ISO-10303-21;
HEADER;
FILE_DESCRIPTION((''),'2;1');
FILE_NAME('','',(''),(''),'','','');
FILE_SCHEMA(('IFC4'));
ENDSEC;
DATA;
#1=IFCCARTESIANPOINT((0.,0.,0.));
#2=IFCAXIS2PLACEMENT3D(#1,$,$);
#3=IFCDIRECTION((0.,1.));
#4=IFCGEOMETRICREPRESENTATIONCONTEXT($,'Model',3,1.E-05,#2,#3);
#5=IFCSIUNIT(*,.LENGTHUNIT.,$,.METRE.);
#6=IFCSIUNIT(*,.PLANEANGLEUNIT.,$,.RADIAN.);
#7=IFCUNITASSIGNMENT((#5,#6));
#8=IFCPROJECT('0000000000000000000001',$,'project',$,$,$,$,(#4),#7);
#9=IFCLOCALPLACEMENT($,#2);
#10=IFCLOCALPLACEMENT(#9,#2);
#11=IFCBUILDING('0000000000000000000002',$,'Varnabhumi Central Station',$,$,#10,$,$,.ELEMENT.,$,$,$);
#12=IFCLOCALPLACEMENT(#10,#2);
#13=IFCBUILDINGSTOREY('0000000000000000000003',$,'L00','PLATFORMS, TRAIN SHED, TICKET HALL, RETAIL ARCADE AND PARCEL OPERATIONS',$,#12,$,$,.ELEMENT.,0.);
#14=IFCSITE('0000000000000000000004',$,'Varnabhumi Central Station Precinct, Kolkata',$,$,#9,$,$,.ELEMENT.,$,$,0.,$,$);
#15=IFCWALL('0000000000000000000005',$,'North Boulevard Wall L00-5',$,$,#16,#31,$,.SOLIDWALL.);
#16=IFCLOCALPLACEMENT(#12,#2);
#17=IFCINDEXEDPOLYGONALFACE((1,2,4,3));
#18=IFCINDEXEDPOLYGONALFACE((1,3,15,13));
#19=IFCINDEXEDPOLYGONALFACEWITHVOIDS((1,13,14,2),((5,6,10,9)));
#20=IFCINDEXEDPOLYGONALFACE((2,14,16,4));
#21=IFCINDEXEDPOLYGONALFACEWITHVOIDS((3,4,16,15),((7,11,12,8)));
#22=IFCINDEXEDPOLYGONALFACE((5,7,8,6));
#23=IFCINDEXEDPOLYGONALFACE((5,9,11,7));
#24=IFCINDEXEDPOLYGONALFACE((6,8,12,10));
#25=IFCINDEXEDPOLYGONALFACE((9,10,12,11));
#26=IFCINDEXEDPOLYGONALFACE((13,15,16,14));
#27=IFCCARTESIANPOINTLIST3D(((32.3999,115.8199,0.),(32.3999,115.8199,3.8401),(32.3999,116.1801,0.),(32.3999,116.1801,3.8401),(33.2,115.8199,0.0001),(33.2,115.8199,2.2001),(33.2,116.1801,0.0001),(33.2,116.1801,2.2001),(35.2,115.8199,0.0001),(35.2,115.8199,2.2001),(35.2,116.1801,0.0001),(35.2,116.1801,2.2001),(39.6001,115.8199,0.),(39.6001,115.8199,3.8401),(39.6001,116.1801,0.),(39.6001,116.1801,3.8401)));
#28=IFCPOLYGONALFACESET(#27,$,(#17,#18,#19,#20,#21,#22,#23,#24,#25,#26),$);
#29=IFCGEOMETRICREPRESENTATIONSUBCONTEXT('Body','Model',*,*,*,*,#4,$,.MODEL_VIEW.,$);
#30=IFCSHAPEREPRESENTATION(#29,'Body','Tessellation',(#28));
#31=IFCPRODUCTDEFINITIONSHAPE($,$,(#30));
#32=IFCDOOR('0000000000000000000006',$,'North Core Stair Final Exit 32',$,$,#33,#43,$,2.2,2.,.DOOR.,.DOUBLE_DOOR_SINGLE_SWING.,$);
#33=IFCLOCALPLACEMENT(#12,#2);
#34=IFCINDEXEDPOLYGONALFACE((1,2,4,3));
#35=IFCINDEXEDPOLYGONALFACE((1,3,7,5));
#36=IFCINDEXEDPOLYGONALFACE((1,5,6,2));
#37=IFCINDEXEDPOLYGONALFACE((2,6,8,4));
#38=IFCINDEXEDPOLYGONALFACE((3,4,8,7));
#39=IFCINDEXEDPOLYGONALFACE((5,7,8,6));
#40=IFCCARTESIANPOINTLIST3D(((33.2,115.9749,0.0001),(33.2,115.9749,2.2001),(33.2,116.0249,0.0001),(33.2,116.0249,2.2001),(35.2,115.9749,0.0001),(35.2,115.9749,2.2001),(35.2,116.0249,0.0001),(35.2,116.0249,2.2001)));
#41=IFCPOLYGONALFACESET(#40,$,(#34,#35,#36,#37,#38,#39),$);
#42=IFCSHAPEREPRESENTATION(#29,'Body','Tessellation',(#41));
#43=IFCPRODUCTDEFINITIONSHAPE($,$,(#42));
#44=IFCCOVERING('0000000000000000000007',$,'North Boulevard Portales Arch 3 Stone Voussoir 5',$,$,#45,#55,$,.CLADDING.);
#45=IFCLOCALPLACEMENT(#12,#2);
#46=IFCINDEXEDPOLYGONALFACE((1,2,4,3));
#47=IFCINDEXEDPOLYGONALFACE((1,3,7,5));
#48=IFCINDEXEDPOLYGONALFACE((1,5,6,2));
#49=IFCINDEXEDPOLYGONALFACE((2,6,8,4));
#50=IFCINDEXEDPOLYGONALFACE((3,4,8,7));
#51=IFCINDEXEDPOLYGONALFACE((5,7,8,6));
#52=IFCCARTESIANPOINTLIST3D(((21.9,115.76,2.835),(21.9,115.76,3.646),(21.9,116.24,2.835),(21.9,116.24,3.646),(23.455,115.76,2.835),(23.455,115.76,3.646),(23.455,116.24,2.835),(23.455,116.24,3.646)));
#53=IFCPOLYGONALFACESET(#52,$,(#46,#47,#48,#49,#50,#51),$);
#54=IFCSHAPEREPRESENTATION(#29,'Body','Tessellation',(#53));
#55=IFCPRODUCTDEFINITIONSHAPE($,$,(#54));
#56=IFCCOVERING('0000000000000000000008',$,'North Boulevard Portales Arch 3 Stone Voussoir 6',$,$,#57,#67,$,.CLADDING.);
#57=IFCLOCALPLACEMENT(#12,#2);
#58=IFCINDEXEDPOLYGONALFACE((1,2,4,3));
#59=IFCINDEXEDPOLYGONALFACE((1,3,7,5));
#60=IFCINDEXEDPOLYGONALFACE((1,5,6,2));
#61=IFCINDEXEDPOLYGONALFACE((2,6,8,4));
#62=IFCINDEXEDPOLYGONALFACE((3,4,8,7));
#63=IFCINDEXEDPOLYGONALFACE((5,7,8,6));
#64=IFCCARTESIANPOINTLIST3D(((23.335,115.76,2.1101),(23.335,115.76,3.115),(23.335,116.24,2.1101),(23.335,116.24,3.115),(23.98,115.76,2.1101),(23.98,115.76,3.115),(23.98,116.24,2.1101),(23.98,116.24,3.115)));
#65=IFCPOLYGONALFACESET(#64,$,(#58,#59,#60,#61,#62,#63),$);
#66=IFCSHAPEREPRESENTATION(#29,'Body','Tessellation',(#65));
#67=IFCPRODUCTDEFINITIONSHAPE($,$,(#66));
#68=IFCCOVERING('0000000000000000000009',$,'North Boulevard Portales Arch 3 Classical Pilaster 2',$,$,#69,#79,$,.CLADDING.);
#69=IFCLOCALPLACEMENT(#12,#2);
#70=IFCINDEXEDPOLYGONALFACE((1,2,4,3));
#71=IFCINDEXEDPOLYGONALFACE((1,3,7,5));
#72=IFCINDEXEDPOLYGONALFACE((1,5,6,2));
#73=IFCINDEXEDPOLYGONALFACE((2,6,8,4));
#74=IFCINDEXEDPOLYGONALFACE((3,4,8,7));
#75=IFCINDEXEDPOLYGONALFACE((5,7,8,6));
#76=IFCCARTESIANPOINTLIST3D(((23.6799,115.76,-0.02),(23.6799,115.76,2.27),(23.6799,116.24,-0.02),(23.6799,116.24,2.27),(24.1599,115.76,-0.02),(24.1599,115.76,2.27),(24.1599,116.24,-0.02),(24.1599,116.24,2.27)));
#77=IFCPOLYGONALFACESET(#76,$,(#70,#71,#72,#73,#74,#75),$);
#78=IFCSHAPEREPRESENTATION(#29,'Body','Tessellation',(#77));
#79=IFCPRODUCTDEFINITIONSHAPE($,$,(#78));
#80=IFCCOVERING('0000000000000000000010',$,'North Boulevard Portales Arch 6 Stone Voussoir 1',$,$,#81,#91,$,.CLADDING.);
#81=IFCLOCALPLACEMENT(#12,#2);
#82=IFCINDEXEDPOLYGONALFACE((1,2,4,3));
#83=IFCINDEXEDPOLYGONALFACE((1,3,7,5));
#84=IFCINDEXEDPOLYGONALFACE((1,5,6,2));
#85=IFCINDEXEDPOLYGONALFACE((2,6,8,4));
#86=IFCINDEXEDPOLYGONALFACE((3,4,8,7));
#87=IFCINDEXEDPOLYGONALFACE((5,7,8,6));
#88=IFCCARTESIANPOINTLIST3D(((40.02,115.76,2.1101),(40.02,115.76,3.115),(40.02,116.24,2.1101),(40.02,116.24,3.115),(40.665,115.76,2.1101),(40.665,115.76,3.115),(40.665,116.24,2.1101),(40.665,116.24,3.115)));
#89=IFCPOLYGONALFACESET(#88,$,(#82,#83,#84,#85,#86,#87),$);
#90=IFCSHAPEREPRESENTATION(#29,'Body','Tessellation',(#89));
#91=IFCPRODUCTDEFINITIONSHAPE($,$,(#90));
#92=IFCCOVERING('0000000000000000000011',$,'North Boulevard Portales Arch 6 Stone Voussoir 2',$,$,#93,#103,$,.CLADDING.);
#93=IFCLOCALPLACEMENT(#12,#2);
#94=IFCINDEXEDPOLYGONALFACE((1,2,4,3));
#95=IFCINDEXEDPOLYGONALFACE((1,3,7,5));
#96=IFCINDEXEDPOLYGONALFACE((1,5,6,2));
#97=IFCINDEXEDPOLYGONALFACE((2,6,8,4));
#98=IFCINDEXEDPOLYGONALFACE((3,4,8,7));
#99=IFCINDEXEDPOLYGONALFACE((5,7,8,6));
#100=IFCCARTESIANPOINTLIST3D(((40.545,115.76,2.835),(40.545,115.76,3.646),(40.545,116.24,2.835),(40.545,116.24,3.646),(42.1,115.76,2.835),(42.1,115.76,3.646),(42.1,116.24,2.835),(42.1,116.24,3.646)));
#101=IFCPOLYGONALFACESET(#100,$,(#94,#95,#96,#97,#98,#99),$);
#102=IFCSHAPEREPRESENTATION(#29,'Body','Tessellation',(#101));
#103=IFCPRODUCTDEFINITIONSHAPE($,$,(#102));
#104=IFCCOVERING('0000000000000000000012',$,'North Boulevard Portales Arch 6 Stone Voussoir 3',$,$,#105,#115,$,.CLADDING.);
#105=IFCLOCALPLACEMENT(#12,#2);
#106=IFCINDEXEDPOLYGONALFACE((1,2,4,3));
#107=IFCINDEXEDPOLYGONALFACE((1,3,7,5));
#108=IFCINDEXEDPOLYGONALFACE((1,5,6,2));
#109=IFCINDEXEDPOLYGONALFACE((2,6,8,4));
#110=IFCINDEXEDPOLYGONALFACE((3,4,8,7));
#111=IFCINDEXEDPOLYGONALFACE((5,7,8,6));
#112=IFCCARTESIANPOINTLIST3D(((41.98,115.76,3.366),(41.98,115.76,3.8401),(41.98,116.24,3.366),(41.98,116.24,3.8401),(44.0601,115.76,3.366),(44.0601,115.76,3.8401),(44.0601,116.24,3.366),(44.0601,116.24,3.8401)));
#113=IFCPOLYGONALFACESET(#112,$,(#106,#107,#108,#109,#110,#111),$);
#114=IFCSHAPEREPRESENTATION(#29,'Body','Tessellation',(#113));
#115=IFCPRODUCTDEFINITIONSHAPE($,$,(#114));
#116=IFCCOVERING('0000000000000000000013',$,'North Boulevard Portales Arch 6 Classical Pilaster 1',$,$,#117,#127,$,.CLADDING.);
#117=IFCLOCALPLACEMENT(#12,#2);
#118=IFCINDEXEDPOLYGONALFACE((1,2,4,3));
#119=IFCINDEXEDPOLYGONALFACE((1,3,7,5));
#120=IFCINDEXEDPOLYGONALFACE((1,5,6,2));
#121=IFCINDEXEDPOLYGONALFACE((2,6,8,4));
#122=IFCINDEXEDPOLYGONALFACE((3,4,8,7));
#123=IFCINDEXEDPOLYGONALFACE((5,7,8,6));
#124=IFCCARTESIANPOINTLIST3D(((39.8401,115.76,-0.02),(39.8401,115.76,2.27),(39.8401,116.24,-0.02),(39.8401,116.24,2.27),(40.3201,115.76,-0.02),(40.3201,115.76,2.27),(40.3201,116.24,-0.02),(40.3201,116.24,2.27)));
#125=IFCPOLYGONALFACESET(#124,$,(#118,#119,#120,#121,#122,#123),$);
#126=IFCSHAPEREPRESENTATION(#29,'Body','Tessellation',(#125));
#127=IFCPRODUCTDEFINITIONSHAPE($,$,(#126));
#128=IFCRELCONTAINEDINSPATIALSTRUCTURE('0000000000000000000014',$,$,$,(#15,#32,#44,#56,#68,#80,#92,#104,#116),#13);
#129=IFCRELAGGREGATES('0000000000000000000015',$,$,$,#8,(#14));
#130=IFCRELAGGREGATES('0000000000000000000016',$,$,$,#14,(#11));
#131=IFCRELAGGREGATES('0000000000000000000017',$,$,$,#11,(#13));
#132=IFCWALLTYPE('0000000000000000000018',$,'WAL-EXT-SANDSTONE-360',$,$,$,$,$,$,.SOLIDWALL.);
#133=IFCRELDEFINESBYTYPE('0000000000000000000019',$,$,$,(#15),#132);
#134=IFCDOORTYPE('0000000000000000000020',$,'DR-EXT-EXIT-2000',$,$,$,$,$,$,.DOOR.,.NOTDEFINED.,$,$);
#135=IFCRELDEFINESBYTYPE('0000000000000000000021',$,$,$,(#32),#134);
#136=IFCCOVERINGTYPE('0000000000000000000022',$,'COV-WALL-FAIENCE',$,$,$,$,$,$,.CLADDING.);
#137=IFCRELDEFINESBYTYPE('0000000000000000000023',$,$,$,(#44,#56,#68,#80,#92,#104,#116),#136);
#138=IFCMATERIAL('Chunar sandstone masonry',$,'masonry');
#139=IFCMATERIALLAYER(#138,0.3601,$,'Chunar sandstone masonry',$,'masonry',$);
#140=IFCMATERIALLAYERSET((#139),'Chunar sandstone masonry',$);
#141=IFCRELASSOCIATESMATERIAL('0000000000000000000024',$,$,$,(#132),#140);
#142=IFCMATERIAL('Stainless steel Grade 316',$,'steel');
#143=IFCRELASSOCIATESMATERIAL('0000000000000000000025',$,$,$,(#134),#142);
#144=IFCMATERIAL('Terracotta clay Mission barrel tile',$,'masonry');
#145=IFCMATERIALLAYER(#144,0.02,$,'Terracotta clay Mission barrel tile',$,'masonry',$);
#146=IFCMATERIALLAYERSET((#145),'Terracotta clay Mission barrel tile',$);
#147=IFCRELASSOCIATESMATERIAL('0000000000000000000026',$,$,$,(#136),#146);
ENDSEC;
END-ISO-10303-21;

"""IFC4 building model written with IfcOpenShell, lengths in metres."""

from ifc_helpers import new_model, si_unit, direction, frame, frame_2d, origin, origin_2d, place, context, subcontext, project, spatial, rectangle, extrude, material, layer, layer_set, type_object, element, fill, save


model = new_model("IFC4")

# Units and contexts
model_context = context("Model", 3, precision=1e-05, world=origin(), true_north=direction((0.0, 1.0)))
body_context = subcontext(model_context, "Body", "Model", "MODEL_VIEW")
ifc_project = project(units=[si_unit("LENGTHUNIT", "METRE"), si_unit("PLANEANGLEUNIT", "RADIAN")], contexts=[model_context])

# Site, building, storey
site_placement = place(None, origin())
site = spatial("IfcSite", under=ifc_project, at=site_placement, Name="Varnabhumi Central Station Precinct, Kolkata", CompositionType="ELEMENT", RefElevation=0.0)
building_placement = place(site_placement, origin())
building = spatial("IfcBuilding", under=site, at=building_placement, Name="Varnabhumi Central Station", CompositionType="ELEMENT")
storey_placement = place(building_placement, origin())
storey = spatial("IfcBuildingStorey", under=building, at=storey_placement, Name="L00", Description="PLATFORMS, TRAIN SHED, TICKET HALL, RETAIL ARCADE AND PARCEL OPERATIONS", CompositionType="ELEMENT", Elevation=0.0)

# Wall, opening, door
ifc_material_1 = material(Name="Chunar sandstone masonry", Category="masonry")
ifc_layer_1 = layer(ifc_material_1, 0.3601, Name="Chunar sandstone masonry", Category="masonry")
ifc_layer_set_1 = layer_set([ifc_layer_1], Name="Chunar sandstone masonry")
wall_type = type_object("IfcWallType", Name="WAL-EXT-SANDSTONE-360", PredefinedType="SOLIDWALL", material=ifc_layer_set_1)
ifc_material_2 = material(Name="Stainless steel Grade 316", Category="steel")
door_type = type_object("IfcDoorType", Name="DR-EXT-EXIT-2000", OperationType="NOTDEFINED", PredefinedType="DOOR", material=ifc_material_2)
wall_1_placement = place(storey_placement, frame((32.3999, 116.0, 0.0), z_axis=(0.0, 0.0, 1.0), x_axis=(1.0, 0.0, 0.0)))
wall_1 = element("IfcWall", 1, at=wall_1_placement, inside=storey, type_object=wall_type, Name="North Boulevard Wall L00-5", PredefinedType="SOLIDWALL", context=body_context, shape_type="SweptSolid", body=[
    extrude(rectangle(XDim=7.2002, YDim=0.3601, at=frame_2d((3.6001, 0.0))), origin(), (0.0, 0.0, 1.0), 3.8401),
])
opening_1_placement = place(wall_1_placement, frame((0.8, 0.0, 0.0)))
opening_1 = element("IfcOpeningElement", 2, at=opening_1_placement, cuts=wall_1, PredefinedType="OPENING", context=body_context, shape_type="SweptSolid", body=[
    extrude(rectangle(XDim=2.0, YDim=2.2, at=frame_2d((1.0, 1.1001))), frame((0.0, 0.1899, 0.0), z_axis=(0.0, -1.0, 0.0), x_axis=(1.0, 0.0, 0.0)), (0.0, 0.0, 1.0), 0.3801),
])
door_1_placement = place(opening_1_placement, origin())
door_1 = element("IfcDoor", 3, at=door_1_placement, inside=storey, type_object=door_type, Name="North Core Stair Final Exit 32", OperationType="DOUBLE_DOOR_SINGLE_SWING", OverallHeight=2.2, OverallWidth=2.0, PredefinedType="DOOR", context=body_context, shape_type="SweptSolid", body=[
    extrude(rectangle(XDim=2.0, YDim=2.2, at=frame_2d((1.0, 1.1001))), frame((0.0, 0.0249, 0.0), z_axis=(0.0, -1.0, 0.0), x_axis=(1.0, 0.0, 0.0)), (0.0, 0.0, 1.0), 0.05),
])
fill(opening_1, door_1)

# Coverings
ifc_material_3 = material(Name="Terracotta clay Mission barrel tile", Category="masonry")
ifc_layer_2 = layer(ifc_material_3, 0.02, Name="Terracotta clay Mission barrel tile", Category="masonry")
ifc_layer_set_2 = layer_set([ifc_layer_2], Name="Terracotta clay Mission barrel tile")
covering_type = type_object("IfcCoveringType", Name="COV-WALL-FAIENCE", PredefinedType="CLADDING", material=ifc_layer_set_2)
covering_1_placement = place(storey_placement, frame((22.6775, 116.0, 2.835), z_axis=(0.0, 0.0, 1.0), x_axis=(1.0, 0.0, 0.0)))
element("IfcCovering", 4, at=covering_1_placement, inside=storey, type_object=covering_type, Name="North Boulevard Portales Arch 3 Stone Voussoir 5", PredefinedType="CLADDING", context=body_context, shape_type="SweptSolid", body=[
    extrude(rectangle(XDim=1.5549, YDim=0.48, at=origin_2d()), origin(), (0.0, 0.0, 1.0), 0.811),
])
covering_2_placement = place(storey_placement, frame((23.6575, 116.0, 2.1101), z_axis=(0.0, 0.0, 1.0), x_axis=(1.0, 0.0, 0.0)))
element("IfcCovering", 5, at=covering_2_placement, inside=storey, type_object=covering_type, Name="North Boulevard Portales Arch 3 Stone Voussoir 6", PredefinedType="CLADDING", context=body_context, shape_type="SweptSolid", body=[
    extrude(rectangle(XDim=0.645, YDim=0.48, at=origin_2d()), origin(), (0.0, 0.0, 1.0), 1.0049),
])
covering_3_placement = place(storey_placement, frame((23.9199, 116.0, -0.02), z_axis=(0.0, 0.0, 1.0), x_axis=(1.0, 0.0, 0.0)))
element("IfcCovering", 6, at=covering_3_placement, inside=storey, type_object=covering_type, Name="North Boulevard Portales Arch 3 Classical Pilaster 2", PredefinedType="CLADDING", context=body_context, shape_type="SweptSolid", body=[
    extrude(rectangle(XDim=0.48, YDim=0.48, at=origin_2d()), origin(), (0.0, 0.0, 1.0), 2.29),
])
covering_4_placement = place(storey_placement, frame((40.3425, 116.0, 2.1101), z_axis=(0.0, 0.0, 1.0), x_axis=(1.0, 0.0, 0.0)))
element("IfcCovering", 7, at=covering_4_placement, inside=storey, type_object=covering_type, Name="North Boulevard Portales Arch 6 Stone Voussoir 1", PredefinedType="CLADDING", context=body_context, shape_type="SweptSolid", body=[
    extrude(rectangle(XDim=0.645, YDim=0.48, at=origin_2d()), origin(), (0.0, 0.0, 1.0), 1.0049),
])
covering_5_placement = place(storey_placement, frame((41.3225, 116.0, 2.835), z_axis=(0.0, 0.0, 1.0), x_axis=(1.0, 0.0, 0.0)))
element("IfcCovering", 8, at=covering_5_placement, inside=storey, type_object=covering_type, Name="North Boulevard Portales Arch 6 Stone Voussoir 2", PredefinedType="CLADDING", context=body_context, shape_type="SweptSolid", body=[
    extrude(rectangle(XDim=1.5549, YDim=0.48, at=origin_2d()), origin(), (0.0, 0.0, 1.0), 0.811),
])
covering_6_placement = place(storey_placement, frame((43.02, 116.0, 3.366), z_axis=(0.0, 0.0, 1.0), x_axis=(1.0, 0.0, 0.0)))
element("IfcCovering", 9, at=covering_6_placement, inside=storey, type_object=covering_type, Name="North Boulevard Portales Arch 6 Stone Voussoir 3", PredefinedType="CLADDING", context=body_context, shape_type="SweptSolid", body=[
    extrude(rectangle(XDim=2.0801, YDim=0.48, at=origin_2d()), origin(), (0.0, 0.0, 1.0), 0.4741),
])
covering_7_placement = place(storey_placement, frame((40.0801, 116.0, -0.02), z_axis=(0.0, 0.0, 1.0), x_axis=(1.0, 0.0, 0.0)))
element("IfcCovering", 10, at=covering_7_placement, inside=storey, type_object=covering_type, Name="North Boulevard Portales Arch 6 Classical Pilaster 1", PredefinedType="CLADDING", context=body_context, shape_type="SweptSolid", body=[
    extrude(rectangle(XDim=0.48, YDim=0.48, at=origin_2d()), origin(), (0.0, 0.0, 1.0), 2.29),
])

save(model, "model.ifc")
